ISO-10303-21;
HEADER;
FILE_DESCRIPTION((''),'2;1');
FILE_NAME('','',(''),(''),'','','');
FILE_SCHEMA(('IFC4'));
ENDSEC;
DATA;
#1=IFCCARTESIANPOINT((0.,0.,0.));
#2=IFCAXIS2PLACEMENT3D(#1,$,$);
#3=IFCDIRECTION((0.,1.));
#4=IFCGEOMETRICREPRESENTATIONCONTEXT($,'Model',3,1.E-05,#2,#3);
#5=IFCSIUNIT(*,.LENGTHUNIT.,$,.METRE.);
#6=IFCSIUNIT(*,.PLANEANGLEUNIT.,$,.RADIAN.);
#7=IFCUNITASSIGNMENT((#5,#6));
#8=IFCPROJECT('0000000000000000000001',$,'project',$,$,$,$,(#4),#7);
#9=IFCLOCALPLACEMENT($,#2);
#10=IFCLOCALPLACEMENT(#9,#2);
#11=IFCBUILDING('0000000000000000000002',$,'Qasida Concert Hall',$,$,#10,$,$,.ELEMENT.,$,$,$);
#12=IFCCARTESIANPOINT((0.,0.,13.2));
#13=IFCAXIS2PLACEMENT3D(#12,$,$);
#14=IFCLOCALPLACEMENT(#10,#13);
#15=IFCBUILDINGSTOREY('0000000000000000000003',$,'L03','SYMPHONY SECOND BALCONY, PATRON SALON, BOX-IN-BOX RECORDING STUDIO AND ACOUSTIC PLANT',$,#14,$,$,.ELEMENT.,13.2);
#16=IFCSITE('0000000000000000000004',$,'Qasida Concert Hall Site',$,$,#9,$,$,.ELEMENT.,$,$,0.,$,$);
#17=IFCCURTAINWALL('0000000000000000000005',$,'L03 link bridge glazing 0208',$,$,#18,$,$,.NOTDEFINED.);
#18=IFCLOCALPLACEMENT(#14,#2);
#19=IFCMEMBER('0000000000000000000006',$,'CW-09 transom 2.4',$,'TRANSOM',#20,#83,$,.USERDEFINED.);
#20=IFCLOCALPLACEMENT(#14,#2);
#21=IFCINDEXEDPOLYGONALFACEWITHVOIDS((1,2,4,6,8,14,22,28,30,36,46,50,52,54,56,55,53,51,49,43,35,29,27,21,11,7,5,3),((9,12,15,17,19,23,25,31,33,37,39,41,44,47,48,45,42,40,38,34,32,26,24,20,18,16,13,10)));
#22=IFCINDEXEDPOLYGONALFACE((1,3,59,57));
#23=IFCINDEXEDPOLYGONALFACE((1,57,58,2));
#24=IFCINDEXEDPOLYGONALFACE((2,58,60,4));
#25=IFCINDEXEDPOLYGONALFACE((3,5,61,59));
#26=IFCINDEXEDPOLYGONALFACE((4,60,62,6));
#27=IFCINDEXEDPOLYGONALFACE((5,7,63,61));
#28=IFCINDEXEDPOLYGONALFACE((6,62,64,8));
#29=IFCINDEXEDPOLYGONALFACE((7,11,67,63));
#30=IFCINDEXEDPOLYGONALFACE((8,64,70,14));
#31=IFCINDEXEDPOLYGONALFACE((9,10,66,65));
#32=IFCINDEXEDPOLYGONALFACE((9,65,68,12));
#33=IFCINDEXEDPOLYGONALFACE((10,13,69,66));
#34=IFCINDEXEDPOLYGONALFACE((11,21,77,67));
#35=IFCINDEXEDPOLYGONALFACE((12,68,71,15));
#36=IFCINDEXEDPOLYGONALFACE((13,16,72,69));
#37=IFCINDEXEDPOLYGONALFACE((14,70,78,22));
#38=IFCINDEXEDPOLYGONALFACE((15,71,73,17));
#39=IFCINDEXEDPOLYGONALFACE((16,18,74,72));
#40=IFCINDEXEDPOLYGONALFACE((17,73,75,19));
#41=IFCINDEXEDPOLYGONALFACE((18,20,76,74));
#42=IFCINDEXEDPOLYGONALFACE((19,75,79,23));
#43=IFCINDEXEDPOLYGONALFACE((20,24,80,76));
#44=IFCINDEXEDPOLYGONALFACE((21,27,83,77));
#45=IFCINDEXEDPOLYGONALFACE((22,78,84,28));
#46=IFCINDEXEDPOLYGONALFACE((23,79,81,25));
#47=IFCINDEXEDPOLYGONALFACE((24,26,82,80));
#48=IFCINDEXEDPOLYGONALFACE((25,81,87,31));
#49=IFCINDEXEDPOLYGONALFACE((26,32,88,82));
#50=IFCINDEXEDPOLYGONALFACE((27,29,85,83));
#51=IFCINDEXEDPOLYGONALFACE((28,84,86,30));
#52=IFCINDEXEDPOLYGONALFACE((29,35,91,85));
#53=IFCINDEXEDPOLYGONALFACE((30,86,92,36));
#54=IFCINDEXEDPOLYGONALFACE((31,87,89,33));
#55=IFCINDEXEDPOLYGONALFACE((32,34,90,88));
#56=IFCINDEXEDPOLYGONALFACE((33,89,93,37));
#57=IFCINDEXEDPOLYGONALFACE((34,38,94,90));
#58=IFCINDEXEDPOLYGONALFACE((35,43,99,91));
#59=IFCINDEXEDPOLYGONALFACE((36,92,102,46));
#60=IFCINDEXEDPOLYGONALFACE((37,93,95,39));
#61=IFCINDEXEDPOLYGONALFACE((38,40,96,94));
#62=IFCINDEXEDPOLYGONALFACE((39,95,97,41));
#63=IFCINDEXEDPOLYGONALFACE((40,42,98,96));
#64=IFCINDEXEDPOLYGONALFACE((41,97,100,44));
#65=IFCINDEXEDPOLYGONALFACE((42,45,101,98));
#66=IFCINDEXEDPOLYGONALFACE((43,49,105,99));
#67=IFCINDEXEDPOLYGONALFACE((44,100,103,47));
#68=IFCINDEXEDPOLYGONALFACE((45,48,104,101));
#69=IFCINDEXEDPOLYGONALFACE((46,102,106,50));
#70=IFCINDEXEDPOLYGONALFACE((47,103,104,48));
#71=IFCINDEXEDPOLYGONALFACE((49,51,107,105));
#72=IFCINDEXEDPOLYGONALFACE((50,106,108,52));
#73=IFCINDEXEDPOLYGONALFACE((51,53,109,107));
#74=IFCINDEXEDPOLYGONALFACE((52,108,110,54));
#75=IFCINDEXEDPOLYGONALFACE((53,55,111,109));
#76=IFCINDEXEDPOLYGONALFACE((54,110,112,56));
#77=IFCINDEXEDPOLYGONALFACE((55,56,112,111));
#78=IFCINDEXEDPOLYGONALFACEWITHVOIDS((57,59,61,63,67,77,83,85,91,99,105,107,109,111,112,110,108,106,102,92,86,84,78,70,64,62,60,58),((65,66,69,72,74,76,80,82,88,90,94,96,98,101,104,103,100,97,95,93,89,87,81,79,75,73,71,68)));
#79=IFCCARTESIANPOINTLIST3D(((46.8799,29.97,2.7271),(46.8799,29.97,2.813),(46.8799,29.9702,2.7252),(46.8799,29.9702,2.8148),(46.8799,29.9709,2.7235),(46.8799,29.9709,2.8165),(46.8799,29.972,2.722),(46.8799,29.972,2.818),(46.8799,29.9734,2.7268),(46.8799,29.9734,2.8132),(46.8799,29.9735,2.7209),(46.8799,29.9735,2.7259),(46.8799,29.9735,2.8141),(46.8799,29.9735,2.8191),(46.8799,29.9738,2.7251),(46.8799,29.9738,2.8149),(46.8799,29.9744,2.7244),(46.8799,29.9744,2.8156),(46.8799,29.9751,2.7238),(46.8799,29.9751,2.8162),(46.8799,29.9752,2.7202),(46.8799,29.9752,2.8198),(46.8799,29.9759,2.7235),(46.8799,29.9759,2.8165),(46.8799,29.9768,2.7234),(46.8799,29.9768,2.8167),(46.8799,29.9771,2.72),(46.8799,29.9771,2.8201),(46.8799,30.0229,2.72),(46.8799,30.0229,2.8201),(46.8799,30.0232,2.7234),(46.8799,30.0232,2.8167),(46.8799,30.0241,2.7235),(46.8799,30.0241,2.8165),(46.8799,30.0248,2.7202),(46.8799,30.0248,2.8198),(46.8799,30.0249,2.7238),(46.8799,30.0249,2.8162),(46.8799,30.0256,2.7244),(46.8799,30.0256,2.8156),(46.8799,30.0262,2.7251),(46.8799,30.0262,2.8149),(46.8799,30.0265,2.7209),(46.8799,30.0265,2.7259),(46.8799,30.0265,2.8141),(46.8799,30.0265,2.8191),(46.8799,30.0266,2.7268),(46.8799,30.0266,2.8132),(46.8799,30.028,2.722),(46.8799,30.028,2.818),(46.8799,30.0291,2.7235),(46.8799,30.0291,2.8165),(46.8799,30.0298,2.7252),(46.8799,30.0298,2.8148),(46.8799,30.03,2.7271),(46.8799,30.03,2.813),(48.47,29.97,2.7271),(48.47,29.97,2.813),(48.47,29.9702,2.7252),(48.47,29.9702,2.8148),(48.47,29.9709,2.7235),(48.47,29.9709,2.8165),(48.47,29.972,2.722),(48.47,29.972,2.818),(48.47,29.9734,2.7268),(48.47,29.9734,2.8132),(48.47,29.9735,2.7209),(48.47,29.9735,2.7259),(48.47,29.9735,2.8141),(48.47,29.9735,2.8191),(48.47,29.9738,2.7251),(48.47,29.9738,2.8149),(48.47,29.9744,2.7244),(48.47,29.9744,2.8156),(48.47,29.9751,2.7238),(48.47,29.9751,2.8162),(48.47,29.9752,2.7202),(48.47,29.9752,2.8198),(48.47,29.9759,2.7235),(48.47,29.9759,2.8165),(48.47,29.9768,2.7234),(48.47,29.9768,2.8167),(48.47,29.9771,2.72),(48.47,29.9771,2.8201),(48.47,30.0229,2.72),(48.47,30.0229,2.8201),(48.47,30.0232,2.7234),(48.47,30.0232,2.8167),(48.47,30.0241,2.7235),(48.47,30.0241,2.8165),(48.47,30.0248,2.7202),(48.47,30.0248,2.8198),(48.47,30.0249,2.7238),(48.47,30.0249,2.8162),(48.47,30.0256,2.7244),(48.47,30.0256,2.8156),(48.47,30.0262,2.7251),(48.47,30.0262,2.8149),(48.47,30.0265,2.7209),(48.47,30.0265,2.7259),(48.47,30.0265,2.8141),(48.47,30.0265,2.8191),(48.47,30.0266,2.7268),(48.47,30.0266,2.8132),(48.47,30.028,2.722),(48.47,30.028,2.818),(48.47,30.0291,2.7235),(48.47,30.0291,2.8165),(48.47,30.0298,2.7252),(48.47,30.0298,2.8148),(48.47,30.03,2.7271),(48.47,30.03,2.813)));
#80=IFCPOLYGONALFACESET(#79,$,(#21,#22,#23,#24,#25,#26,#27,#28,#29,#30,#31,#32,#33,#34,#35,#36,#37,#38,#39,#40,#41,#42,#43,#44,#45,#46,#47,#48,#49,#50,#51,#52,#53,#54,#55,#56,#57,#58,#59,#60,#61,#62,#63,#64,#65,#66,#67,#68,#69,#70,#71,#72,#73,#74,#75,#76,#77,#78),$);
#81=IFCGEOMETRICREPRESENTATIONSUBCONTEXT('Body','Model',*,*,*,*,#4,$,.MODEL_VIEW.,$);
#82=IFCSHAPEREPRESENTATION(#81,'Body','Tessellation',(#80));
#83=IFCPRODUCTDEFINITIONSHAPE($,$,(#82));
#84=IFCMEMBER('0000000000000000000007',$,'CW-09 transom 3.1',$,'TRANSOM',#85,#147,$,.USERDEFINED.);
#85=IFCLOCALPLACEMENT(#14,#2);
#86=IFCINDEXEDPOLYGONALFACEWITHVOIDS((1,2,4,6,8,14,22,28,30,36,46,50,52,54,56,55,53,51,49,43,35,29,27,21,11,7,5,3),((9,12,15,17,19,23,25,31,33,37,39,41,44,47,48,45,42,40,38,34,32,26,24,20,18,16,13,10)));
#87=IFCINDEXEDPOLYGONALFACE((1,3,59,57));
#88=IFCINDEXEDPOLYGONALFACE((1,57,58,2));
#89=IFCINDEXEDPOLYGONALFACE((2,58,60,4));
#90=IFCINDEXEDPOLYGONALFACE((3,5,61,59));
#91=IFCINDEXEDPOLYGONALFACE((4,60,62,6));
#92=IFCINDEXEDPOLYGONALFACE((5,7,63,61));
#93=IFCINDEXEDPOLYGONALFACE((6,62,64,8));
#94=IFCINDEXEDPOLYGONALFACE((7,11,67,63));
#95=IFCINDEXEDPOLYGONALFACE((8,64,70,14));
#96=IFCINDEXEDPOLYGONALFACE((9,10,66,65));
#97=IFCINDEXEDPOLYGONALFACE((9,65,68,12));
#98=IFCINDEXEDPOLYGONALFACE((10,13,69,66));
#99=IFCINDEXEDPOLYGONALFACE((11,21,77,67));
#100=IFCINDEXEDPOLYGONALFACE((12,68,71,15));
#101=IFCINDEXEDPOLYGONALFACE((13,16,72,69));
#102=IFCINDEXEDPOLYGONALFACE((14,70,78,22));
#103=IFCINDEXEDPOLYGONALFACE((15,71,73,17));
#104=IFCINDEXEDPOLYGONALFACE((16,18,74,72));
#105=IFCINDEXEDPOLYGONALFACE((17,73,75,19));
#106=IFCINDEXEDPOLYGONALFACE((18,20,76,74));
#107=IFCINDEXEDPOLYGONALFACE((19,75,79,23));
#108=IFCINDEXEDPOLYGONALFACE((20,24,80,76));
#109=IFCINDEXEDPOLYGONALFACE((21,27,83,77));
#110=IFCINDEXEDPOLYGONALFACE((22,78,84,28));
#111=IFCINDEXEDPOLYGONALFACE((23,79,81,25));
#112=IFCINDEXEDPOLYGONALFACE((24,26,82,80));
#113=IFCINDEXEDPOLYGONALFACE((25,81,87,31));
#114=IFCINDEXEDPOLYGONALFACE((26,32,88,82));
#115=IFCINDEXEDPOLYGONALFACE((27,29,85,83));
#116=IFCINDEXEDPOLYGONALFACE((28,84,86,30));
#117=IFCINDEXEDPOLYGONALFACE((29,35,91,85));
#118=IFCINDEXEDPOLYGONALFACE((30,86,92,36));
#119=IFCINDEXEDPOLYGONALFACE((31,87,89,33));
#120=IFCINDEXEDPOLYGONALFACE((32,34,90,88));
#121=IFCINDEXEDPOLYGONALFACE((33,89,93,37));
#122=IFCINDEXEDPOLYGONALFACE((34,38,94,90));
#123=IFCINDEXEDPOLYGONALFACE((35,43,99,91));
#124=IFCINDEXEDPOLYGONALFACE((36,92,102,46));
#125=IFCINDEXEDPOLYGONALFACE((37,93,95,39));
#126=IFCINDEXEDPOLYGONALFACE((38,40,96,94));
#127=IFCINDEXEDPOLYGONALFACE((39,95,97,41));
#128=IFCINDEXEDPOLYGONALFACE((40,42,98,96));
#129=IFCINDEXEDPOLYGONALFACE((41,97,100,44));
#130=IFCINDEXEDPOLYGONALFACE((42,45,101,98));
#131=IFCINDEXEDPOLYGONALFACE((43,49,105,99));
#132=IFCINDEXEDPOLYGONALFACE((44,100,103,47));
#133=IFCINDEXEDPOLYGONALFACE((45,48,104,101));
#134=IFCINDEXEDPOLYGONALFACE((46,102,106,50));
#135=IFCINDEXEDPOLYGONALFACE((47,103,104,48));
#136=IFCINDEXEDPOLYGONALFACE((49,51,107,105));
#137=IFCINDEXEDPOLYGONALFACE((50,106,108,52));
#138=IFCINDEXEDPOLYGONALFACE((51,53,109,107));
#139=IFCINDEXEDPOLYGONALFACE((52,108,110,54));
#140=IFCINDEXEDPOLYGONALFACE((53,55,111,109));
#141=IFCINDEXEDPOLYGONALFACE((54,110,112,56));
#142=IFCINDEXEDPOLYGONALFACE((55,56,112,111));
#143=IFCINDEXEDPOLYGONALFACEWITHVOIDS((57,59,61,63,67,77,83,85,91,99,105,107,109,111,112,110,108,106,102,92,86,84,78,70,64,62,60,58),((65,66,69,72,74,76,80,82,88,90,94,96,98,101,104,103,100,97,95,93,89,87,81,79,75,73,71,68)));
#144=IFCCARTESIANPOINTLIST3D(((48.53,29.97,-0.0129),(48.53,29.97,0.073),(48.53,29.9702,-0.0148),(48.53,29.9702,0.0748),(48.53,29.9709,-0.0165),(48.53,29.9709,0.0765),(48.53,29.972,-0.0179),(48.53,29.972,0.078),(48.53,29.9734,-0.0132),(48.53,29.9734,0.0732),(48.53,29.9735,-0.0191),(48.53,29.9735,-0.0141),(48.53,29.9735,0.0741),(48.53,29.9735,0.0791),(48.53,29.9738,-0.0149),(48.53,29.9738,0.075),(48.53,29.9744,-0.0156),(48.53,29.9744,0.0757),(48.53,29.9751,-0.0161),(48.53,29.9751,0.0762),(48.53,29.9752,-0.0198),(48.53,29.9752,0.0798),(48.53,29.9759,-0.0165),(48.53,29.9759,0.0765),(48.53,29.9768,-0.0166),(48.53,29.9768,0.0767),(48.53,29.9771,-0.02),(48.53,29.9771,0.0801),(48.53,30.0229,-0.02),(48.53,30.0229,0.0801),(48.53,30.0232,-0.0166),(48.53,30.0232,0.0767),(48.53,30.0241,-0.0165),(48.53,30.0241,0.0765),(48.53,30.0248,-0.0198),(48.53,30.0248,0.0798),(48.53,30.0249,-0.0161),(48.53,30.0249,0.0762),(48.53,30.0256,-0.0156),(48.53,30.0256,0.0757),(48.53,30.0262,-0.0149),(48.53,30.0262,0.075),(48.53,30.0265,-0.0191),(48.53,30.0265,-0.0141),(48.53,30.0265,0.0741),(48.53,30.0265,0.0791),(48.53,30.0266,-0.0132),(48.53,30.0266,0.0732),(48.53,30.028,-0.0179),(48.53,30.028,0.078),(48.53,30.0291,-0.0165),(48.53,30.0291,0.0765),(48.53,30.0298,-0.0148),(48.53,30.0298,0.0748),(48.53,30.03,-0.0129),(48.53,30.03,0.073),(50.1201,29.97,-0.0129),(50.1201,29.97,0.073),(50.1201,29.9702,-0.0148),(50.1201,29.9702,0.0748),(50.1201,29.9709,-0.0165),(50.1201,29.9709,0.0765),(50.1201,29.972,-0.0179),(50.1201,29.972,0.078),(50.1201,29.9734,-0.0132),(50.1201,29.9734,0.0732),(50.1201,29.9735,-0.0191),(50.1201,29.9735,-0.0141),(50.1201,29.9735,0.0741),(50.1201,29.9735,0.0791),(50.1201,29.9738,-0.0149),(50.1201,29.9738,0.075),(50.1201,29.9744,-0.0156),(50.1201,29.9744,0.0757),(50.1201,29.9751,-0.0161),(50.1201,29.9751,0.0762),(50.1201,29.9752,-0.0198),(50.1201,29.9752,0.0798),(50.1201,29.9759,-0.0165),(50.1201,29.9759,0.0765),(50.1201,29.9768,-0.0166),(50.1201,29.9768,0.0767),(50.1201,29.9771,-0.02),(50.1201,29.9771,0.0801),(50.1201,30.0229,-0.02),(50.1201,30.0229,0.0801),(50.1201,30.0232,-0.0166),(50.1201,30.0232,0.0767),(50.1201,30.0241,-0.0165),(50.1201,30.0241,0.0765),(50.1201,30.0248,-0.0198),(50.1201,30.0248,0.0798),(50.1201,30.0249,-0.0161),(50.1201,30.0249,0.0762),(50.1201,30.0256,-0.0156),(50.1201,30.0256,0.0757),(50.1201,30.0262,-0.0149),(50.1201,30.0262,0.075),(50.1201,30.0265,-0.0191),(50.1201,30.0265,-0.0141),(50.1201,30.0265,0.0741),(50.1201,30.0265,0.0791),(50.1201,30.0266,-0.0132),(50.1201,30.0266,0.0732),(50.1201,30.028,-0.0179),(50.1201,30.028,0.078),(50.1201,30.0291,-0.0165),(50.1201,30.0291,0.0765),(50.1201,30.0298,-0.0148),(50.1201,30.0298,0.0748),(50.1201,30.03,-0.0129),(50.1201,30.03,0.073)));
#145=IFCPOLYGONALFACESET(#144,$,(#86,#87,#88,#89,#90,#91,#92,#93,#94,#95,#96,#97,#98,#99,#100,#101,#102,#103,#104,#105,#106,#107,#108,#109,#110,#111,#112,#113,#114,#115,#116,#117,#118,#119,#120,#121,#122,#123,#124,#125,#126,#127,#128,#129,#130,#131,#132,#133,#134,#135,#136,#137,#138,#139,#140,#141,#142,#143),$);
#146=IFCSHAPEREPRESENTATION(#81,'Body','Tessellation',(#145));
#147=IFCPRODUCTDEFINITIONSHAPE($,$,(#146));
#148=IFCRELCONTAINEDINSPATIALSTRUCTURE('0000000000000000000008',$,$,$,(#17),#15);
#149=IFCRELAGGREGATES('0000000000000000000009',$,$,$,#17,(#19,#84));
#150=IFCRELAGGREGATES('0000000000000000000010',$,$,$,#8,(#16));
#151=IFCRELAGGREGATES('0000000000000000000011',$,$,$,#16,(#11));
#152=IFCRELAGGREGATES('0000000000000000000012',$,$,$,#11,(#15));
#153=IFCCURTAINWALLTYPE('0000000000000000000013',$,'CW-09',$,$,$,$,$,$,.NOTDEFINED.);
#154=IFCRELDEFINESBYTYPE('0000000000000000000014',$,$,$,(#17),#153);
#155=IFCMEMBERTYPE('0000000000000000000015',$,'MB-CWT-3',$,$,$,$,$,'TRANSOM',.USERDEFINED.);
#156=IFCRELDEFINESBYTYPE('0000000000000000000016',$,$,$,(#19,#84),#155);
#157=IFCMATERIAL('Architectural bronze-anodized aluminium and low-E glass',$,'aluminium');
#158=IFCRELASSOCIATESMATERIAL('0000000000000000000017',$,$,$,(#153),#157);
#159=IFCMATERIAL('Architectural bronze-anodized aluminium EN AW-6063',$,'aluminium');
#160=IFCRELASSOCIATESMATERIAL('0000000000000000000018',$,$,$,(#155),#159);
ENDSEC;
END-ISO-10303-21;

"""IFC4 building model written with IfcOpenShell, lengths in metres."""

from ifc_helpers import new_model, si_unit, direction, frame, origin, origin_2d, place, context, subcontext, project, spatial, hollow_rectangle, extrude, material, material_profile, profile_set, type_object, element, aggregate, save


model = new_model("IFC4")

# Units and contexts
model_context = context("Model", 3, precision=1e-05, world=origin(), true_north=direction((0.0, 1.0)))
body_context = subcontext(model_context, "Body", "Model", "MODEL_VIEW")
ifc_project = project(units=[si_unit("LENGTHUNIT", "METRE"), si_unit("PLANEANGLEUNIT", "RADIAN")], contexts=[model_context])

# Site, building, storey
site_placement = place(None, origin())
site = spatial("IfcSite", under=ifc_project, at=site_placement, Name="Qasida Concert Hall Site", CompositionType="ELEMENT", RefElevation=0.0)
building_placement = place(site_placement, origin())
building = spatial("IfcBuilding", under=site, at=building_placement, Name="Qasida Concert Hall", CompositionType="ELEMENT")
storey_placement = place(building_placement, frame((0.0, 0.0, 13.2)))
storey = spatial("IfcBuildingStorey", under=building, at=storey_placement, Name="L03", Description="SYMPHONY SECOND BALCONY, PATRON SALON, BOX-IN-BOX RECORDING STUDIO AND ACOUSTIC PLANT", CompositionType="ELEMENT", Elevation=13.2)

# Curtain wall
ifc_material_1 = material(Name="Architectural bronze-anodized aluminium and low-E glass", Category="aluminium")
curtain_wall_type = type_object("IfcCurtainWallType", Name="CW-09", PredefinedType="NOTDEFINED", material=ifc_material_1)
ifc_material_2 = material(Name="Architectural bronze-anodized aluminium EN AW-6063", Category="aluminium")
curtain_wall_1_placement = place(storey_placement, origin())
curtain_wall_1 = element("IfcCurtainWall", 1, at=curtain_wall_1_placement, inside=storey, type_object=curtain_wall_type, Name="L03 link bridge glazing 0208", PredefinedType="NOTDEFINED")

# Members
ifc_material_profile_1 = material_profile(ifc_material_2, hollow_rectangle(XDim=0.0601, YDim=0.1001, WallThickness=0.0034, InnerFilletRadius=0.0034, OuterFilletRadius=0.0071, at=origin_2d()), Name="CWT 100x60x3.5")
ifc_profile_set_1 = profile_set([ifc_material_profile_1], Name="Architectural bronze-anodized aluminium EN AW-6063")
member_type_1 = type_object("IfcMemberType", Name="MB-CWT-3", ElementType="TRANSOM", PredefinedType="USERDEFINED", material=ifc_profile_set_1)
member_1_placement = place(storey_placement, frame((46.8799, 30.0, 2.77), z_axis=(1.0, 0.0, 0.0), x_axis=(0.0, 1.0, 0.0)))
member_1 = element("IfcMember", 2, at=member_1_placement, type_object=member_type_1, Name="CW-09 transom 2.4", ObjectType="TRANSOM", PredefinedType="USERDEFINED", context=body_context, shape_type="SweptSolid", body=[
    extrude(hollow_rectangle(XDim=0.0601, YDim=0.1001, WallThickness=0.0034, InnerFilletRadius=0.0034, OuterFilletRadius=0.0071, at=origin_2d()), origin(), (0.0, 0.0, 1.0), 1.5901),
])
member_2_placement = place(storey_placement, frame((48.53, 30.0, 0.03), z_axis=(1.0, 0.0, 0.0), x_axis=(0.0, 1.0, 0.0)))
member_2 = element("IfcMember", 3, at=member_2_placement, type_object=member_type_1, Name="CW-09 transom 3.1", ObjectType="TRANSOM", PredefinedType="USERDEFINED", context=body_context, shape_type="SweptSolid", body=[
    extrude(hollow_rectangle(XDim=0.0601, YDim=0.1001, WallThickness=0.0034, InnerFilletRadius=0.0034, OuterFilletRadius=0.0071, at=origin_2d()), origin(), (0.0, 0.0, 1.0), 1.5901),
])

aggregate(curtain_wall_1, [member_1, member_2])

save(model, "model.ifc")
